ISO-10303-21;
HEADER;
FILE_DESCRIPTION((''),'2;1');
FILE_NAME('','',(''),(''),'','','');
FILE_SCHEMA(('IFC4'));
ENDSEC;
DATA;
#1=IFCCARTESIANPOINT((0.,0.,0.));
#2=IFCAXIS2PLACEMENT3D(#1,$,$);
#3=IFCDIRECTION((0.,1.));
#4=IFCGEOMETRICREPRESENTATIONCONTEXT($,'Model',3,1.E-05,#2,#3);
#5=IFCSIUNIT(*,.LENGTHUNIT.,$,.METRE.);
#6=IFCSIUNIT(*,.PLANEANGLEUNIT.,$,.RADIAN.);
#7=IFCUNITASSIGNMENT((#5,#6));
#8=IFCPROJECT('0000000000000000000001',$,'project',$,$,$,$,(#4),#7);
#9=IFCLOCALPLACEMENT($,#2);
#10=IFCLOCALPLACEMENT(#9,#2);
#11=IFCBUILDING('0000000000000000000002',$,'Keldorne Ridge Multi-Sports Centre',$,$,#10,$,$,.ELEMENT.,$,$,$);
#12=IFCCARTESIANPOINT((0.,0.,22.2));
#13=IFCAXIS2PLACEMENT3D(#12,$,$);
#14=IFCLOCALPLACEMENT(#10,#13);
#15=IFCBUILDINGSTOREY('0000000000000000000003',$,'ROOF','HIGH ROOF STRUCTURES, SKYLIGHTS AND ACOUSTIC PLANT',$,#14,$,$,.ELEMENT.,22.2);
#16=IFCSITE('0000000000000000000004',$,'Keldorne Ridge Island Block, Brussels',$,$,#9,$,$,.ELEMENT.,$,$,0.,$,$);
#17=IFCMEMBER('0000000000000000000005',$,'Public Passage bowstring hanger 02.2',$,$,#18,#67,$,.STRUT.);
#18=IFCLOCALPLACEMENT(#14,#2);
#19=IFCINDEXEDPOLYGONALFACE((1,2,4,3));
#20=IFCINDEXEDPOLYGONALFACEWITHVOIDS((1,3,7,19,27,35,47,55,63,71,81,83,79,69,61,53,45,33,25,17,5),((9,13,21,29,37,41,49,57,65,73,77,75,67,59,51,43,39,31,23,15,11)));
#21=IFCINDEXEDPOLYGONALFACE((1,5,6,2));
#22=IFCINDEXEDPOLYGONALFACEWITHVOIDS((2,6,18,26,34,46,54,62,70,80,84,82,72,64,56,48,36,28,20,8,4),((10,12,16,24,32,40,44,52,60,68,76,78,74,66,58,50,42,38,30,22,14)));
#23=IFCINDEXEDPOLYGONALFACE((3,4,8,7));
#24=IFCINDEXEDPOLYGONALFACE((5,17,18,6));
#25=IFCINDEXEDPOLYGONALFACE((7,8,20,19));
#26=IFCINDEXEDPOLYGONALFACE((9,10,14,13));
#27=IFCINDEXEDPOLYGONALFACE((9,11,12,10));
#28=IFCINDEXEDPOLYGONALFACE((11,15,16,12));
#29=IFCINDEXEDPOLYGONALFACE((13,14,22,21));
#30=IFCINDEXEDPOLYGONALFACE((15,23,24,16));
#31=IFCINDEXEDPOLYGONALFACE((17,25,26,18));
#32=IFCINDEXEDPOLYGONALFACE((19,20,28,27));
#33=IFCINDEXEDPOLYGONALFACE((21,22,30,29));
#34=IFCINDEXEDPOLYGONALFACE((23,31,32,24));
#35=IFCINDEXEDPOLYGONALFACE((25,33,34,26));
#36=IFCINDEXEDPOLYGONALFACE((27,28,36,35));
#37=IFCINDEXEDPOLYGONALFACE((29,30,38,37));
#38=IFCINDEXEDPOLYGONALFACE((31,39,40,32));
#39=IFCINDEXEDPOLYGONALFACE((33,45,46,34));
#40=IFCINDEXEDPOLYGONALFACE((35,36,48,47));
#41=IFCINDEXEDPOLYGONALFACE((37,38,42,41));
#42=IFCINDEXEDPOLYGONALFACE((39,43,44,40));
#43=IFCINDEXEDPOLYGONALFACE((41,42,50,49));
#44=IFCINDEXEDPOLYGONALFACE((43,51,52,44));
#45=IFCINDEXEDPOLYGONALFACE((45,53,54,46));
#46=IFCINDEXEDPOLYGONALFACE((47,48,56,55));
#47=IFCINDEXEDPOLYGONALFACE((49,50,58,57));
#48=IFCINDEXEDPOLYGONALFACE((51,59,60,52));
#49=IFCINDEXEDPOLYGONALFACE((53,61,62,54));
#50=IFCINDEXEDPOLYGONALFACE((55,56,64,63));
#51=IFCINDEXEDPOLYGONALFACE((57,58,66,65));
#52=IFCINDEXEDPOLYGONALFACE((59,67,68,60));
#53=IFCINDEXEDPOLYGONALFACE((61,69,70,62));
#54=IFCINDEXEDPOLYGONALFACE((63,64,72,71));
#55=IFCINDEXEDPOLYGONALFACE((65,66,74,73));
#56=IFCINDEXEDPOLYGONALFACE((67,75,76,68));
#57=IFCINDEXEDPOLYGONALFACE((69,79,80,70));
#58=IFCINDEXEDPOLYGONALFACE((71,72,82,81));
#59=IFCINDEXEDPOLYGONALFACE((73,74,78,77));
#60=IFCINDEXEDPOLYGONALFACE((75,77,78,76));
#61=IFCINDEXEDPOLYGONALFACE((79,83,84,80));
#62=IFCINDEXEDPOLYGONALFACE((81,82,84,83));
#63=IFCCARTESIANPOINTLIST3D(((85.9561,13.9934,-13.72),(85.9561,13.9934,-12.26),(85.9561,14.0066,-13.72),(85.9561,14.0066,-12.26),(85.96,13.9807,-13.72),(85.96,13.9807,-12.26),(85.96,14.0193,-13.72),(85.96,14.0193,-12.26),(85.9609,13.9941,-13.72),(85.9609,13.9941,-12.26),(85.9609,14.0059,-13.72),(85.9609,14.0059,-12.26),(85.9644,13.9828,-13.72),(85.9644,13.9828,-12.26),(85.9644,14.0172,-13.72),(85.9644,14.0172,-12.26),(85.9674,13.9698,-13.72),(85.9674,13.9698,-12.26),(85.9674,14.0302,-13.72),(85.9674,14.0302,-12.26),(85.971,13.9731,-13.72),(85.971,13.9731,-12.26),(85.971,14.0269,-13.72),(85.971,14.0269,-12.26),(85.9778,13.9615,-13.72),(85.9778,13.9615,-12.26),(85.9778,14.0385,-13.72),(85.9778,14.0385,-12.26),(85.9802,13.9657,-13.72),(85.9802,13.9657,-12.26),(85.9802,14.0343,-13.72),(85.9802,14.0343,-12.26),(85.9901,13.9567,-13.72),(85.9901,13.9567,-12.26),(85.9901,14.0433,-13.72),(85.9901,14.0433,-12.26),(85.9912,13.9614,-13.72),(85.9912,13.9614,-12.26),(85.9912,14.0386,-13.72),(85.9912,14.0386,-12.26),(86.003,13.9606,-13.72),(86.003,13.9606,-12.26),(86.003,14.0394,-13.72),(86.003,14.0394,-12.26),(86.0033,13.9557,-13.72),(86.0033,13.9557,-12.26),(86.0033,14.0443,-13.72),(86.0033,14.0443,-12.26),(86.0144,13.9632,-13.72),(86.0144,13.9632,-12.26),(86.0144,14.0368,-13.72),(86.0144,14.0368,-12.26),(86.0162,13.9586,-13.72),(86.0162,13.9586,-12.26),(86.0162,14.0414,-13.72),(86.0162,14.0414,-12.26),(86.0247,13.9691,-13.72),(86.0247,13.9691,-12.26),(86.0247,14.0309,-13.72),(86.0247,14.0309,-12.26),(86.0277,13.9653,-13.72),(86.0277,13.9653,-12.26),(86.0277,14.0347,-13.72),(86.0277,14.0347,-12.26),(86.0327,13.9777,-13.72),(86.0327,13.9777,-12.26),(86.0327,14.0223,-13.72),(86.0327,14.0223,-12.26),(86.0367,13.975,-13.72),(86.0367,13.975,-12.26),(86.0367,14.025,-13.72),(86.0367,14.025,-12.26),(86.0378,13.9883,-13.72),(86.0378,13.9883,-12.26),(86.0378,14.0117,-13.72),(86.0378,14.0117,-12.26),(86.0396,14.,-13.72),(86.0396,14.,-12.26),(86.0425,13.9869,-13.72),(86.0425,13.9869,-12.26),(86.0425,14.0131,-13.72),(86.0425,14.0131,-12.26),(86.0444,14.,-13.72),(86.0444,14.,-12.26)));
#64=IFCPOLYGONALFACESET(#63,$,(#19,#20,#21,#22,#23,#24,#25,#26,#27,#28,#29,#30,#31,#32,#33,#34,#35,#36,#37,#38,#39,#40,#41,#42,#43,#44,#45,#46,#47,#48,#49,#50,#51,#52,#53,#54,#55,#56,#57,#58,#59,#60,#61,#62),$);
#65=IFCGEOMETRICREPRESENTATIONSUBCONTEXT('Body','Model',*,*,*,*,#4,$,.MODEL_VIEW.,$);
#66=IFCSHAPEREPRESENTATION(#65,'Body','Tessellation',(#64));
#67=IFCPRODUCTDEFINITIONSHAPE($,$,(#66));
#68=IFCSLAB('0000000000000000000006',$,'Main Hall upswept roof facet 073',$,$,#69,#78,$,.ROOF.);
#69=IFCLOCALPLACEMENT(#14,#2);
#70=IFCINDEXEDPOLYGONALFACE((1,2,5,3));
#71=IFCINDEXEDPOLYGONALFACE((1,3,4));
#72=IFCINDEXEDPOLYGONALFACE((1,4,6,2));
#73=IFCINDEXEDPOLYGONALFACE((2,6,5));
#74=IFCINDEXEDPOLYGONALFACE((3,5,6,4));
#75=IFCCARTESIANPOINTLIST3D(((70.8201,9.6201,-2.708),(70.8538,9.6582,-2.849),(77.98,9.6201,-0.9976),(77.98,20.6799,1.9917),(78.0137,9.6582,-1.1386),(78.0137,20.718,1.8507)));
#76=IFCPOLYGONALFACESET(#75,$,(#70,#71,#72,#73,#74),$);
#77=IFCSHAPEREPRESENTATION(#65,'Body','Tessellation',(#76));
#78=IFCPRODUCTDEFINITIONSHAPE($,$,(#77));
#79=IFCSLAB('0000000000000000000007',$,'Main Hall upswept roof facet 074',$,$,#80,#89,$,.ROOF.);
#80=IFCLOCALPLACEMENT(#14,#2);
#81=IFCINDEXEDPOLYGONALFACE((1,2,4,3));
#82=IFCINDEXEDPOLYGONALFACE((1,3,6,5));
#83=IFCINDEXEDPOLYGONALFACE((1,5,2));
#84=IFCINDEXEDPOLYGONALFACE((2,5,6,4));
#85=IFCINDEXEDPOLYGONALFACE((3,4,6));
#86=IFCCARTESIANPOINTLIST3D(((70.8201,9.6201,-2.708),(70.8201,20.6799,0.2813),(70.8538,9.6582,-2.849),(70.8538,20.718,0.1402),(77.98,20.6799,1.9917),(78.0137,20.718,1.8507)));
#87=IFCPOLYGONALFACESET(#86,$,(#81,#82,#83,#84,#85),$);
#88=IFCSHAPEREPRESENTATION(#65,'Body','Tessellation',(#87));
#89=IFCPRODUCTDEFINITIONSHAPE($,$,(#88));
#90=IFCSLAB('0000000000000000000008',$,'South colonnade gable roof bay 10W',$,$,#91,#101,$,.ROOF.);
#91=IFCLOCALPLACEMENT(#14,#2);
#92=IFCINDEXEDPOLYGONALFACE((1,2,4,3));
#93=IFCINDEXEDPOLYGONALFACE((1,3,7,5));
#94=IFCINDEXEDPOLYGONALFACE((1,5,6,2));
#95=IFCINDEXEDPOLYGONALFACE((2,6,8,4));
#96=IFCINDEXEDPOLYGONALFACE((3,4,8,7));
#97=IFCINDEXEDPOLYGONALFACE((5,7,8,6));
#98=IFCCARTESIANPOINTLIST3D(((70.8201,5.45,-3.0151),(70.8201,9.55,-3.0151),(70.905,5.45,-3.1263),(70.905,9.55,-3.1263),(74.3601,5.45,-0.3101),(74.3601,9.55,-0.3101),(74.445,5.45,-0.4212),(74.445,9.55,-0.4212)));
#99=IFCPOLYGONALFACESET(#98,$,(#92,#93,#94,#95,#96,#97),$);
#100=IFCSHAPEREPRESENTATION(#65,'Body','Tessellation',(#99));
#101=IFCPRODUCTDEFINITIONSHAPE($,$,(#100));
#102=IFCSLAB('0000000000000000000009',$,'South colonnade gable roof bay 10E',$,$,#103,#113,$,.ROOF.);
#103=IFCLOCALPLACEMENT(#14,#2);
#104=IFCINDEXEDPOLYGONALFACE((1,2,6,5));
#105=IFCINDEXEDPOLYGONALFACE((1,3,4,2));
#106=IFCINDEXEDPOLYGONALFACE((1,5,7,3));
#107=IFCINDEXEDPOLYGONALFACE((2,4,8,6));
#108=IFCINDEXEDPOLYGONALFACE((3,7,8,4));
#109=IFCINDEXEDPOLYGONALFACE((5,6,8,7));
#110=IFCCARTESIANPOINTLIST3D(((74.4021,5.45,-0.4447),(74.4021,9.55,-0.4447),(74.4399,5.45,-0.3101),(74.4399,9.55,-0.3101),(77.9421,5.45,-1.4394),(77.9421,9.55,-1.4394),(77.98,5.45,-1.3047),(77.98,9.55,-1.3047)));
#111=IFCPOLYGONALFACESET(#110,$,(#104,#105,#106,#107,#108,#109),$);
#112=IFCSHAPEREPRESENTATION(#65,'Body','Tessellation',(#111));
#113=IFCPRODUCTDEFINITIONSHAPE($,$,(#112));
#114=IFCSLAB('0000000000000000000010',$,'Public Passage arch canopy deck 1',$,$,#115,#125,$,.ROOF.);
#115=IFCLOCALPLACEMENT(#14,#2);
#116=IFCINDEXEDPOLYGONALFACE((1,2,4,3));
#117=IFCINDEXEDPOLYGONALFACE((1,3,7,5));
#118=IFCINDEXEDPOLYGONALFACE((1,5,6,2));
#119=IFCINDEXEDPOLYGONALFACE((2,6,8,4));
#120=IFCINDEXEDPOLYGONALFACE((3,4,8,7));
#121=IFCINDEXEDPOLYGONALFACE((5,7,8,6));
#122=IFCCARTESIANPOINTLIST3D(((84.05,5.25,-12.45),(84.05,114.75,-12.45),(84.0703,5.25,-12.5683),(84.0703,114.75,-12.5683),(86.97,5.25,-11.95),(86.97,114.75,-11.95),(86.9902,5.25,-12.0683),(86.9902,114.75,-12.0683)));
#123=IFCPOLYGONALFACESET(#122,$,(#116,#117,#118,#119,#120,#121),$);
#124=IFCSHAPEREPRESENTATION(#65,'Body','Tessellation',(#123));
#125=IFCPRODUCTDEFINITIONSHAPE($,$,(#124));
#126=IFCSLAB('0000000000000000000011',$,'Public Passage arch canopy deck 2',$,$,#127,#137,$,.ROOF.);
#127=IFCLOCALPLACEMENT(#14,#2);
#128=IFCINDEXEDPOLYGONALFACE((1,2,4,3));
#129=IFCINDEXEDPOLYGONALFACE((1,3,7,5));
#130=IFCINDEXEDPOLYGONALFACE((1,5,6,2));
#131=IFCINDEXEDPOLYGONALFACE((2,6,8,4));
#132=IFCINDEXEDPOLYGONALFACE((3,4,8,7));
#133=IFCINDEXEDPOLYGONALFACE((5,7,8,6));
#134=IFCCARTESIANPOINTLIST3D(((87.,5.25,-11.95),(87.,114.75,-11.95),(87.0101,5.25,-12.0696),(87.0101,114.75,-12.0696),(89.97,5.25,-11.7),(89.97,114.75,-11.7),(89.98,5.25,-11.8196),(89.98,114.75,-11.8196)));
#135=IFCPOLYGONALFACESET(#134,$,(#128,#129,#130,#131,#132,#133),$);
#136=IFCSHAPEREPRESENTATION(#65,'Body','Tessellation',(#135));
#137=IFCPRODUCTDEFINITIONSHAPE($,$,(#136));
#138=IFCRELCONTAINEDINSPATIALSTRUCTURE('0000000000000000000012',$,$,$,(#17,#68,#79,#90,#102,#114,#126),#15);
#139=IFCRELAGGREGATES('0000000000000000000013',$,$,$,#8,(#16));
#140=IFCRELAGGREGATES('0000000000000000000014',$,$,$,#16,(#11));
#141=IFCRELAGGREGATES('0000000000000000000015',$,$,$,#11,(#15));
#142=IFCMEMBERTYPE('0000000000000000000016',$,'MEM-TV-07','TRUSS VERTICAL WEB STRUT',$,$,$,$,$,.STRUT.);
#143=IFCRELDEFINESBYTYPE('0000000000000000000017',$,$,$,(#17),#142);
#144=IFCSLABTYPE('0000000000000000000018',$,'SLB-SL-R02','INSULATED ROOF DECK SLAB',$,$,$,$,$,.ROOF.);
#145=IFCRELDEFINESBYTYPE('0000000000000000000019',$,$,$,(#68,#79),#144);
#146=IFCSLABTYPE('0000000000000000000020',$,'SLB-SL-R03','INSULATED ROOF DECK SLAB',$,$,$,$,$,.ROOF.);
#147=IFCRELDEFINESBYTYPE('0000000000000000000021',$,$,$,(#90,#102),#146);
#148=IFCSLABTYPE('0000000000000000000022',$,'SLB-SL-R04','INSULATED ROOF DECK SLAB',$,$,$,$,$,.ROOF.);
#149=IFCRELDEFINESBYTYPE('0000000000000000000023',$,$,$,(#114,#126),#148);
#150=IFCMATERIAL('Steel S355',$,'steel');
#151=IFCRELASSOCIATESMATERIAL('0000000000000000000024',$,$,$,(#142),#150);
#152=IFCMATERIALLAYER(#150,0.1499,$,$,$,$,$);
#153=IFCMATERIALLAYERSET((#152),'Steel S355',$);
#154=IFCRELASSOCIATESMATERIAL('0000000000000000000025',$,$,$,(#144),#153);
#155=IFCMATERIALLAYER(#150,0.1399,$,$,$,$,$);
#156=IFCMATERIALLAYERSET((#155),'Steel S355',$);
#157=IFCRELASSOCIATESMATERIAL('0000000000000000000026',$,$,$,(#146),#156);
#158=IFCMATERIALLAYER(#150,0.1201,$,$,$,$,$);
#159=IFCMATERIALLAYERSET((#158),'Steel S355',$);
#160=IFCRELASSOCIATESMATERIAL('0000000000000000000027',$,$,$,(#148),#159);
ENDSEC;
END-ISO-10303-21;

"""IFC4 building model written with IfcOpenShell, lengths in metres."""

from ifc_helpers import new_model, si_unit, direction, frame, origin, origin_2d, place, context, subcontext, project, spatial, polyline, hollow_circle, outline, extrude, material, layer, layer_set, material_profile, profile_set, type_object, element, save


model = new_model("IFC4")

# Units and contexts
model_context = context("Model", 3, precision=1e-05, world=origin(), true_north=direction((0.0, 1.0)))
body_context = subcontext(model_context, "Body", "Model", "MODEL_VIEW")
ifc_project = project(units=[si_unit("LENGTHUNIT", "METRE"), si_unit("PLANEANGLEUNIT", "RADIAN")], contexts=[model_context])

# Site, building, storey
site_placement = place(None, origin())
site = spatial("IfcSite", under=ifc_project, at=site_placement, Name="Keldorne Ridge Island Block, Brussels", CompositionType="ELEMENT", RefElevation=0.0)
building_placement = place(site_placement, origin())
building = spatial("IfcBuilding", under=site, at=building_placement, Name="Keldorne Ridge Multi-Sports Centre", CompositionType="ELEMENT")
storey_placement = place(building_placement, frame((0.0, 0.0, 22.2)))
storey = spatial("IfcBuildingStorey", under=building, at=storey_placement, Name="ROOF", Description="HIGH ROOF STRUCTURES, SKYLIGHTS AND ACOUSTIC PLANT", CompositionType="ELEMENT", Elevation=22.2)

# Member
ifc_material = material(Name="Steel S355", Category="steel")
ifc_material_profile_1 = material_profile(ifc_material, hollow_circle(Radius=0.0444, WallThickness=0.0049, at=origin_2d()), Name="CHS 88.9x5")
ifc_profile_set_1 = profile_set([ifc_material_profile_1], Name="Steel S355")
member_type_1 = type_object("IfcMemberType", Name="MEM-TV-07", Description="TRUSS VERTICAL WEB STRUT", PredefinedType="STRUT", material=ifc_profile_set_1)
member_1_placement = place(storey_placement, frame((86.0, 14.0, -13.72), z_axis=(0.0, 0.0, 1.0), x_axis=(1.0, 0.0, 0.0)))
element("IfcMember", 1, at=member_1_placement, inside=storey, type_object=member_type_1, Name="Public Passage bowstring hanger 02.2", PredefinedType="STRUT", context=body_context, shape_type="SweptSolid", body=[
    extrude(hollow_circle(Radius=0.0444, WallThickness=0.0049, at=origin_2d()), origin(), (0.0, 0.0, 1.0), 1.46),
])

# Slabs
ifc_layer_1 = layer(ifc_material, 0.1499)
ifc_layer_set_1 = layer_set([ifc_layer_1], Name="Steel S355")
slab_type_1 = type_object("IfcSlabType", Name="SLB-SL-R02", Description="INSULATED ROOF DECK SLAB", PredefinedType="ROOF", material=ifc_layer_set_1)
slab_1_placement = place(storey_placement, frame((70.8201, 9.6201, -2.708), z_axis=(-0.224719, -0.254245, 0.94067), x_axis=(0.972631, 0.0, 0.232354)))
element("IfcSlab", 2, at=slab_1_placement, inside=storey, type_object=slab_type_1, Name="Main Hall upswept roof facet 073", PredefinedType="ROOF", context=body_context, shape_type="SweptSolid", body=[
    extrude(outline(polyline([(0.0, 0.0), (7.3614, 0.0), (8.056, 11.4356), (0.0, 0.0)])), origin(), (0.0, 0.0, -1.0), 0.1499),
])
slab_2_placement = place(storey_placement, frame((70.8201, 9.6201, -2.708), z_axis=(-0.224719, -0.254245, 0.94067), x_axis=(0.511852, 0.79065, 0.335975)))
element("IfcSlab", 3, at=slab_2_placement, inside=storey, type_object=slab_type_1, Name="Main Hall upswept roof facet 074", PredefinedType="ROOF", context=body_context, shape_type="SweptSolid", body=[
    extrude(outline(polyline([(0.0, 0.0), (13.9882, 0.0), (9.7488, 6.018), (0.0, 0.0)])), origin(), (0.0, 0.0, -1.0), 0.1499),
])
ifc_layer_2 = layer(ifc_material, 0.1399)
ifc_layer_set_2 = layer_set([ifc_layer_2], Name="Steel S355")
slab_type_2 = type_object("IfcSlabType", Name="SLB-SL-R03", Description="INSULATED ROOF DECK SLAB", PredefinedType="ROOF", material=ifc_layer_set_2)
slab_3_placement = place(storey_placement, frame((70.8201, 5.45, -3.0151), z_axis=(-0.607165, 0.0, 0.794576), x_axis=(0.794576, 0.0, 0.607165)))
element("IfcSlab", 4, at=slab_3_placement, inside=storey, type_object=slab_type_2, Name="South colonnade gable roof bay 10W", PredefinedType="ROOF", context=body_context, shape_type="SweptSolid", body=[
    extrude(outline(polyline([(0.0, 0.0), (4.4553, 0.0), (4.4553, 4.1001), (0.0, 4.1001), (0.0, 0.0)])), origin(), (0.0, 0.0, -1.0), 0.1399),
])
slab_4_placement = place(storey_placement, frame((74.4399, 5.45, -0.3101), z_axis=(0.270492, 0.0, 0.962722), x_axis=(0.962722, 0.0, -0.270492)))
element("IfcSlab", 5, at=slab_4_placement, inside=storey, type_object=slab_type_2, Name="South colonnade gable roof bay 10E", PredefinedType="ROOF", context=body_context, shape_type="SweptSolid", body=[
    extrude(outline(polyline([(0.0, 0.0), (3.6771, 0.0), (3.6771, 4.1001), (0.0, 4.1001), (0.0, 0.0)])), origin(), (0.0, 0.0, -1.0), 0.1399),
])
ifc_layer_3 = layer(ifc_material, 0.1201)
ifc_layer_set_3 = layer_set([ifc_layer_3], Name="Steel S355")
slab_type_3 = type_object("IfcSlabType", Name="SLB-SL-R04", Description="INSULATED ROOF DECK SLAB", PredefinedType="ROOF", material=ifc_layer_set_3)
slab_5_placement = place(storey_placement, frame((84.05, 5.25, -12.45), z_axis=(-0.168781, 0.0, 0.985654), x_axis=(0.985654, 0.0, 0.168781)))
element("IfcSlab", 6, at=slab_5_placement, inside=storey, type_object=slab_type_3, Name="Public Passage arch canopy deck 1", PredefinedType="ROOF", context=body_context, shape_type="SweptSolid", body=[
    extrude(outline(polyline([(0.0, 0.0), (2.9624, 0.0), (2.9624, 109.5), (0.0, 109.5), (0.0, 0.0)])), origin(), (0.0, 0.0, -1.0), 0.1201),
])
slab_6_placement = place(storey_placement, frame((87.0, 5.25, -11.95), z_axis=(-0.083879, 0.0, 0.996476), x_axis=(0.996476, 0.0, 0.083879)))
element("IfcSlab", 7, at=slab_6_placement, inside=storey, type_object=slab_type_3, Name="Public Passage arch canopy deck 2", PredefinedType="ROOF", context=body_context, shape_type="SweptSolid", body=[
    extrude(outline(polyline([(0.0, 0.0), (2.9805, 0.0), (2.9805, 109.5), (0.0, 109.5), (0.0, 0.0)])), origin(), (0.0, 0.0, -1.0), 0.1201),
])

save(model, "model.ifc")
